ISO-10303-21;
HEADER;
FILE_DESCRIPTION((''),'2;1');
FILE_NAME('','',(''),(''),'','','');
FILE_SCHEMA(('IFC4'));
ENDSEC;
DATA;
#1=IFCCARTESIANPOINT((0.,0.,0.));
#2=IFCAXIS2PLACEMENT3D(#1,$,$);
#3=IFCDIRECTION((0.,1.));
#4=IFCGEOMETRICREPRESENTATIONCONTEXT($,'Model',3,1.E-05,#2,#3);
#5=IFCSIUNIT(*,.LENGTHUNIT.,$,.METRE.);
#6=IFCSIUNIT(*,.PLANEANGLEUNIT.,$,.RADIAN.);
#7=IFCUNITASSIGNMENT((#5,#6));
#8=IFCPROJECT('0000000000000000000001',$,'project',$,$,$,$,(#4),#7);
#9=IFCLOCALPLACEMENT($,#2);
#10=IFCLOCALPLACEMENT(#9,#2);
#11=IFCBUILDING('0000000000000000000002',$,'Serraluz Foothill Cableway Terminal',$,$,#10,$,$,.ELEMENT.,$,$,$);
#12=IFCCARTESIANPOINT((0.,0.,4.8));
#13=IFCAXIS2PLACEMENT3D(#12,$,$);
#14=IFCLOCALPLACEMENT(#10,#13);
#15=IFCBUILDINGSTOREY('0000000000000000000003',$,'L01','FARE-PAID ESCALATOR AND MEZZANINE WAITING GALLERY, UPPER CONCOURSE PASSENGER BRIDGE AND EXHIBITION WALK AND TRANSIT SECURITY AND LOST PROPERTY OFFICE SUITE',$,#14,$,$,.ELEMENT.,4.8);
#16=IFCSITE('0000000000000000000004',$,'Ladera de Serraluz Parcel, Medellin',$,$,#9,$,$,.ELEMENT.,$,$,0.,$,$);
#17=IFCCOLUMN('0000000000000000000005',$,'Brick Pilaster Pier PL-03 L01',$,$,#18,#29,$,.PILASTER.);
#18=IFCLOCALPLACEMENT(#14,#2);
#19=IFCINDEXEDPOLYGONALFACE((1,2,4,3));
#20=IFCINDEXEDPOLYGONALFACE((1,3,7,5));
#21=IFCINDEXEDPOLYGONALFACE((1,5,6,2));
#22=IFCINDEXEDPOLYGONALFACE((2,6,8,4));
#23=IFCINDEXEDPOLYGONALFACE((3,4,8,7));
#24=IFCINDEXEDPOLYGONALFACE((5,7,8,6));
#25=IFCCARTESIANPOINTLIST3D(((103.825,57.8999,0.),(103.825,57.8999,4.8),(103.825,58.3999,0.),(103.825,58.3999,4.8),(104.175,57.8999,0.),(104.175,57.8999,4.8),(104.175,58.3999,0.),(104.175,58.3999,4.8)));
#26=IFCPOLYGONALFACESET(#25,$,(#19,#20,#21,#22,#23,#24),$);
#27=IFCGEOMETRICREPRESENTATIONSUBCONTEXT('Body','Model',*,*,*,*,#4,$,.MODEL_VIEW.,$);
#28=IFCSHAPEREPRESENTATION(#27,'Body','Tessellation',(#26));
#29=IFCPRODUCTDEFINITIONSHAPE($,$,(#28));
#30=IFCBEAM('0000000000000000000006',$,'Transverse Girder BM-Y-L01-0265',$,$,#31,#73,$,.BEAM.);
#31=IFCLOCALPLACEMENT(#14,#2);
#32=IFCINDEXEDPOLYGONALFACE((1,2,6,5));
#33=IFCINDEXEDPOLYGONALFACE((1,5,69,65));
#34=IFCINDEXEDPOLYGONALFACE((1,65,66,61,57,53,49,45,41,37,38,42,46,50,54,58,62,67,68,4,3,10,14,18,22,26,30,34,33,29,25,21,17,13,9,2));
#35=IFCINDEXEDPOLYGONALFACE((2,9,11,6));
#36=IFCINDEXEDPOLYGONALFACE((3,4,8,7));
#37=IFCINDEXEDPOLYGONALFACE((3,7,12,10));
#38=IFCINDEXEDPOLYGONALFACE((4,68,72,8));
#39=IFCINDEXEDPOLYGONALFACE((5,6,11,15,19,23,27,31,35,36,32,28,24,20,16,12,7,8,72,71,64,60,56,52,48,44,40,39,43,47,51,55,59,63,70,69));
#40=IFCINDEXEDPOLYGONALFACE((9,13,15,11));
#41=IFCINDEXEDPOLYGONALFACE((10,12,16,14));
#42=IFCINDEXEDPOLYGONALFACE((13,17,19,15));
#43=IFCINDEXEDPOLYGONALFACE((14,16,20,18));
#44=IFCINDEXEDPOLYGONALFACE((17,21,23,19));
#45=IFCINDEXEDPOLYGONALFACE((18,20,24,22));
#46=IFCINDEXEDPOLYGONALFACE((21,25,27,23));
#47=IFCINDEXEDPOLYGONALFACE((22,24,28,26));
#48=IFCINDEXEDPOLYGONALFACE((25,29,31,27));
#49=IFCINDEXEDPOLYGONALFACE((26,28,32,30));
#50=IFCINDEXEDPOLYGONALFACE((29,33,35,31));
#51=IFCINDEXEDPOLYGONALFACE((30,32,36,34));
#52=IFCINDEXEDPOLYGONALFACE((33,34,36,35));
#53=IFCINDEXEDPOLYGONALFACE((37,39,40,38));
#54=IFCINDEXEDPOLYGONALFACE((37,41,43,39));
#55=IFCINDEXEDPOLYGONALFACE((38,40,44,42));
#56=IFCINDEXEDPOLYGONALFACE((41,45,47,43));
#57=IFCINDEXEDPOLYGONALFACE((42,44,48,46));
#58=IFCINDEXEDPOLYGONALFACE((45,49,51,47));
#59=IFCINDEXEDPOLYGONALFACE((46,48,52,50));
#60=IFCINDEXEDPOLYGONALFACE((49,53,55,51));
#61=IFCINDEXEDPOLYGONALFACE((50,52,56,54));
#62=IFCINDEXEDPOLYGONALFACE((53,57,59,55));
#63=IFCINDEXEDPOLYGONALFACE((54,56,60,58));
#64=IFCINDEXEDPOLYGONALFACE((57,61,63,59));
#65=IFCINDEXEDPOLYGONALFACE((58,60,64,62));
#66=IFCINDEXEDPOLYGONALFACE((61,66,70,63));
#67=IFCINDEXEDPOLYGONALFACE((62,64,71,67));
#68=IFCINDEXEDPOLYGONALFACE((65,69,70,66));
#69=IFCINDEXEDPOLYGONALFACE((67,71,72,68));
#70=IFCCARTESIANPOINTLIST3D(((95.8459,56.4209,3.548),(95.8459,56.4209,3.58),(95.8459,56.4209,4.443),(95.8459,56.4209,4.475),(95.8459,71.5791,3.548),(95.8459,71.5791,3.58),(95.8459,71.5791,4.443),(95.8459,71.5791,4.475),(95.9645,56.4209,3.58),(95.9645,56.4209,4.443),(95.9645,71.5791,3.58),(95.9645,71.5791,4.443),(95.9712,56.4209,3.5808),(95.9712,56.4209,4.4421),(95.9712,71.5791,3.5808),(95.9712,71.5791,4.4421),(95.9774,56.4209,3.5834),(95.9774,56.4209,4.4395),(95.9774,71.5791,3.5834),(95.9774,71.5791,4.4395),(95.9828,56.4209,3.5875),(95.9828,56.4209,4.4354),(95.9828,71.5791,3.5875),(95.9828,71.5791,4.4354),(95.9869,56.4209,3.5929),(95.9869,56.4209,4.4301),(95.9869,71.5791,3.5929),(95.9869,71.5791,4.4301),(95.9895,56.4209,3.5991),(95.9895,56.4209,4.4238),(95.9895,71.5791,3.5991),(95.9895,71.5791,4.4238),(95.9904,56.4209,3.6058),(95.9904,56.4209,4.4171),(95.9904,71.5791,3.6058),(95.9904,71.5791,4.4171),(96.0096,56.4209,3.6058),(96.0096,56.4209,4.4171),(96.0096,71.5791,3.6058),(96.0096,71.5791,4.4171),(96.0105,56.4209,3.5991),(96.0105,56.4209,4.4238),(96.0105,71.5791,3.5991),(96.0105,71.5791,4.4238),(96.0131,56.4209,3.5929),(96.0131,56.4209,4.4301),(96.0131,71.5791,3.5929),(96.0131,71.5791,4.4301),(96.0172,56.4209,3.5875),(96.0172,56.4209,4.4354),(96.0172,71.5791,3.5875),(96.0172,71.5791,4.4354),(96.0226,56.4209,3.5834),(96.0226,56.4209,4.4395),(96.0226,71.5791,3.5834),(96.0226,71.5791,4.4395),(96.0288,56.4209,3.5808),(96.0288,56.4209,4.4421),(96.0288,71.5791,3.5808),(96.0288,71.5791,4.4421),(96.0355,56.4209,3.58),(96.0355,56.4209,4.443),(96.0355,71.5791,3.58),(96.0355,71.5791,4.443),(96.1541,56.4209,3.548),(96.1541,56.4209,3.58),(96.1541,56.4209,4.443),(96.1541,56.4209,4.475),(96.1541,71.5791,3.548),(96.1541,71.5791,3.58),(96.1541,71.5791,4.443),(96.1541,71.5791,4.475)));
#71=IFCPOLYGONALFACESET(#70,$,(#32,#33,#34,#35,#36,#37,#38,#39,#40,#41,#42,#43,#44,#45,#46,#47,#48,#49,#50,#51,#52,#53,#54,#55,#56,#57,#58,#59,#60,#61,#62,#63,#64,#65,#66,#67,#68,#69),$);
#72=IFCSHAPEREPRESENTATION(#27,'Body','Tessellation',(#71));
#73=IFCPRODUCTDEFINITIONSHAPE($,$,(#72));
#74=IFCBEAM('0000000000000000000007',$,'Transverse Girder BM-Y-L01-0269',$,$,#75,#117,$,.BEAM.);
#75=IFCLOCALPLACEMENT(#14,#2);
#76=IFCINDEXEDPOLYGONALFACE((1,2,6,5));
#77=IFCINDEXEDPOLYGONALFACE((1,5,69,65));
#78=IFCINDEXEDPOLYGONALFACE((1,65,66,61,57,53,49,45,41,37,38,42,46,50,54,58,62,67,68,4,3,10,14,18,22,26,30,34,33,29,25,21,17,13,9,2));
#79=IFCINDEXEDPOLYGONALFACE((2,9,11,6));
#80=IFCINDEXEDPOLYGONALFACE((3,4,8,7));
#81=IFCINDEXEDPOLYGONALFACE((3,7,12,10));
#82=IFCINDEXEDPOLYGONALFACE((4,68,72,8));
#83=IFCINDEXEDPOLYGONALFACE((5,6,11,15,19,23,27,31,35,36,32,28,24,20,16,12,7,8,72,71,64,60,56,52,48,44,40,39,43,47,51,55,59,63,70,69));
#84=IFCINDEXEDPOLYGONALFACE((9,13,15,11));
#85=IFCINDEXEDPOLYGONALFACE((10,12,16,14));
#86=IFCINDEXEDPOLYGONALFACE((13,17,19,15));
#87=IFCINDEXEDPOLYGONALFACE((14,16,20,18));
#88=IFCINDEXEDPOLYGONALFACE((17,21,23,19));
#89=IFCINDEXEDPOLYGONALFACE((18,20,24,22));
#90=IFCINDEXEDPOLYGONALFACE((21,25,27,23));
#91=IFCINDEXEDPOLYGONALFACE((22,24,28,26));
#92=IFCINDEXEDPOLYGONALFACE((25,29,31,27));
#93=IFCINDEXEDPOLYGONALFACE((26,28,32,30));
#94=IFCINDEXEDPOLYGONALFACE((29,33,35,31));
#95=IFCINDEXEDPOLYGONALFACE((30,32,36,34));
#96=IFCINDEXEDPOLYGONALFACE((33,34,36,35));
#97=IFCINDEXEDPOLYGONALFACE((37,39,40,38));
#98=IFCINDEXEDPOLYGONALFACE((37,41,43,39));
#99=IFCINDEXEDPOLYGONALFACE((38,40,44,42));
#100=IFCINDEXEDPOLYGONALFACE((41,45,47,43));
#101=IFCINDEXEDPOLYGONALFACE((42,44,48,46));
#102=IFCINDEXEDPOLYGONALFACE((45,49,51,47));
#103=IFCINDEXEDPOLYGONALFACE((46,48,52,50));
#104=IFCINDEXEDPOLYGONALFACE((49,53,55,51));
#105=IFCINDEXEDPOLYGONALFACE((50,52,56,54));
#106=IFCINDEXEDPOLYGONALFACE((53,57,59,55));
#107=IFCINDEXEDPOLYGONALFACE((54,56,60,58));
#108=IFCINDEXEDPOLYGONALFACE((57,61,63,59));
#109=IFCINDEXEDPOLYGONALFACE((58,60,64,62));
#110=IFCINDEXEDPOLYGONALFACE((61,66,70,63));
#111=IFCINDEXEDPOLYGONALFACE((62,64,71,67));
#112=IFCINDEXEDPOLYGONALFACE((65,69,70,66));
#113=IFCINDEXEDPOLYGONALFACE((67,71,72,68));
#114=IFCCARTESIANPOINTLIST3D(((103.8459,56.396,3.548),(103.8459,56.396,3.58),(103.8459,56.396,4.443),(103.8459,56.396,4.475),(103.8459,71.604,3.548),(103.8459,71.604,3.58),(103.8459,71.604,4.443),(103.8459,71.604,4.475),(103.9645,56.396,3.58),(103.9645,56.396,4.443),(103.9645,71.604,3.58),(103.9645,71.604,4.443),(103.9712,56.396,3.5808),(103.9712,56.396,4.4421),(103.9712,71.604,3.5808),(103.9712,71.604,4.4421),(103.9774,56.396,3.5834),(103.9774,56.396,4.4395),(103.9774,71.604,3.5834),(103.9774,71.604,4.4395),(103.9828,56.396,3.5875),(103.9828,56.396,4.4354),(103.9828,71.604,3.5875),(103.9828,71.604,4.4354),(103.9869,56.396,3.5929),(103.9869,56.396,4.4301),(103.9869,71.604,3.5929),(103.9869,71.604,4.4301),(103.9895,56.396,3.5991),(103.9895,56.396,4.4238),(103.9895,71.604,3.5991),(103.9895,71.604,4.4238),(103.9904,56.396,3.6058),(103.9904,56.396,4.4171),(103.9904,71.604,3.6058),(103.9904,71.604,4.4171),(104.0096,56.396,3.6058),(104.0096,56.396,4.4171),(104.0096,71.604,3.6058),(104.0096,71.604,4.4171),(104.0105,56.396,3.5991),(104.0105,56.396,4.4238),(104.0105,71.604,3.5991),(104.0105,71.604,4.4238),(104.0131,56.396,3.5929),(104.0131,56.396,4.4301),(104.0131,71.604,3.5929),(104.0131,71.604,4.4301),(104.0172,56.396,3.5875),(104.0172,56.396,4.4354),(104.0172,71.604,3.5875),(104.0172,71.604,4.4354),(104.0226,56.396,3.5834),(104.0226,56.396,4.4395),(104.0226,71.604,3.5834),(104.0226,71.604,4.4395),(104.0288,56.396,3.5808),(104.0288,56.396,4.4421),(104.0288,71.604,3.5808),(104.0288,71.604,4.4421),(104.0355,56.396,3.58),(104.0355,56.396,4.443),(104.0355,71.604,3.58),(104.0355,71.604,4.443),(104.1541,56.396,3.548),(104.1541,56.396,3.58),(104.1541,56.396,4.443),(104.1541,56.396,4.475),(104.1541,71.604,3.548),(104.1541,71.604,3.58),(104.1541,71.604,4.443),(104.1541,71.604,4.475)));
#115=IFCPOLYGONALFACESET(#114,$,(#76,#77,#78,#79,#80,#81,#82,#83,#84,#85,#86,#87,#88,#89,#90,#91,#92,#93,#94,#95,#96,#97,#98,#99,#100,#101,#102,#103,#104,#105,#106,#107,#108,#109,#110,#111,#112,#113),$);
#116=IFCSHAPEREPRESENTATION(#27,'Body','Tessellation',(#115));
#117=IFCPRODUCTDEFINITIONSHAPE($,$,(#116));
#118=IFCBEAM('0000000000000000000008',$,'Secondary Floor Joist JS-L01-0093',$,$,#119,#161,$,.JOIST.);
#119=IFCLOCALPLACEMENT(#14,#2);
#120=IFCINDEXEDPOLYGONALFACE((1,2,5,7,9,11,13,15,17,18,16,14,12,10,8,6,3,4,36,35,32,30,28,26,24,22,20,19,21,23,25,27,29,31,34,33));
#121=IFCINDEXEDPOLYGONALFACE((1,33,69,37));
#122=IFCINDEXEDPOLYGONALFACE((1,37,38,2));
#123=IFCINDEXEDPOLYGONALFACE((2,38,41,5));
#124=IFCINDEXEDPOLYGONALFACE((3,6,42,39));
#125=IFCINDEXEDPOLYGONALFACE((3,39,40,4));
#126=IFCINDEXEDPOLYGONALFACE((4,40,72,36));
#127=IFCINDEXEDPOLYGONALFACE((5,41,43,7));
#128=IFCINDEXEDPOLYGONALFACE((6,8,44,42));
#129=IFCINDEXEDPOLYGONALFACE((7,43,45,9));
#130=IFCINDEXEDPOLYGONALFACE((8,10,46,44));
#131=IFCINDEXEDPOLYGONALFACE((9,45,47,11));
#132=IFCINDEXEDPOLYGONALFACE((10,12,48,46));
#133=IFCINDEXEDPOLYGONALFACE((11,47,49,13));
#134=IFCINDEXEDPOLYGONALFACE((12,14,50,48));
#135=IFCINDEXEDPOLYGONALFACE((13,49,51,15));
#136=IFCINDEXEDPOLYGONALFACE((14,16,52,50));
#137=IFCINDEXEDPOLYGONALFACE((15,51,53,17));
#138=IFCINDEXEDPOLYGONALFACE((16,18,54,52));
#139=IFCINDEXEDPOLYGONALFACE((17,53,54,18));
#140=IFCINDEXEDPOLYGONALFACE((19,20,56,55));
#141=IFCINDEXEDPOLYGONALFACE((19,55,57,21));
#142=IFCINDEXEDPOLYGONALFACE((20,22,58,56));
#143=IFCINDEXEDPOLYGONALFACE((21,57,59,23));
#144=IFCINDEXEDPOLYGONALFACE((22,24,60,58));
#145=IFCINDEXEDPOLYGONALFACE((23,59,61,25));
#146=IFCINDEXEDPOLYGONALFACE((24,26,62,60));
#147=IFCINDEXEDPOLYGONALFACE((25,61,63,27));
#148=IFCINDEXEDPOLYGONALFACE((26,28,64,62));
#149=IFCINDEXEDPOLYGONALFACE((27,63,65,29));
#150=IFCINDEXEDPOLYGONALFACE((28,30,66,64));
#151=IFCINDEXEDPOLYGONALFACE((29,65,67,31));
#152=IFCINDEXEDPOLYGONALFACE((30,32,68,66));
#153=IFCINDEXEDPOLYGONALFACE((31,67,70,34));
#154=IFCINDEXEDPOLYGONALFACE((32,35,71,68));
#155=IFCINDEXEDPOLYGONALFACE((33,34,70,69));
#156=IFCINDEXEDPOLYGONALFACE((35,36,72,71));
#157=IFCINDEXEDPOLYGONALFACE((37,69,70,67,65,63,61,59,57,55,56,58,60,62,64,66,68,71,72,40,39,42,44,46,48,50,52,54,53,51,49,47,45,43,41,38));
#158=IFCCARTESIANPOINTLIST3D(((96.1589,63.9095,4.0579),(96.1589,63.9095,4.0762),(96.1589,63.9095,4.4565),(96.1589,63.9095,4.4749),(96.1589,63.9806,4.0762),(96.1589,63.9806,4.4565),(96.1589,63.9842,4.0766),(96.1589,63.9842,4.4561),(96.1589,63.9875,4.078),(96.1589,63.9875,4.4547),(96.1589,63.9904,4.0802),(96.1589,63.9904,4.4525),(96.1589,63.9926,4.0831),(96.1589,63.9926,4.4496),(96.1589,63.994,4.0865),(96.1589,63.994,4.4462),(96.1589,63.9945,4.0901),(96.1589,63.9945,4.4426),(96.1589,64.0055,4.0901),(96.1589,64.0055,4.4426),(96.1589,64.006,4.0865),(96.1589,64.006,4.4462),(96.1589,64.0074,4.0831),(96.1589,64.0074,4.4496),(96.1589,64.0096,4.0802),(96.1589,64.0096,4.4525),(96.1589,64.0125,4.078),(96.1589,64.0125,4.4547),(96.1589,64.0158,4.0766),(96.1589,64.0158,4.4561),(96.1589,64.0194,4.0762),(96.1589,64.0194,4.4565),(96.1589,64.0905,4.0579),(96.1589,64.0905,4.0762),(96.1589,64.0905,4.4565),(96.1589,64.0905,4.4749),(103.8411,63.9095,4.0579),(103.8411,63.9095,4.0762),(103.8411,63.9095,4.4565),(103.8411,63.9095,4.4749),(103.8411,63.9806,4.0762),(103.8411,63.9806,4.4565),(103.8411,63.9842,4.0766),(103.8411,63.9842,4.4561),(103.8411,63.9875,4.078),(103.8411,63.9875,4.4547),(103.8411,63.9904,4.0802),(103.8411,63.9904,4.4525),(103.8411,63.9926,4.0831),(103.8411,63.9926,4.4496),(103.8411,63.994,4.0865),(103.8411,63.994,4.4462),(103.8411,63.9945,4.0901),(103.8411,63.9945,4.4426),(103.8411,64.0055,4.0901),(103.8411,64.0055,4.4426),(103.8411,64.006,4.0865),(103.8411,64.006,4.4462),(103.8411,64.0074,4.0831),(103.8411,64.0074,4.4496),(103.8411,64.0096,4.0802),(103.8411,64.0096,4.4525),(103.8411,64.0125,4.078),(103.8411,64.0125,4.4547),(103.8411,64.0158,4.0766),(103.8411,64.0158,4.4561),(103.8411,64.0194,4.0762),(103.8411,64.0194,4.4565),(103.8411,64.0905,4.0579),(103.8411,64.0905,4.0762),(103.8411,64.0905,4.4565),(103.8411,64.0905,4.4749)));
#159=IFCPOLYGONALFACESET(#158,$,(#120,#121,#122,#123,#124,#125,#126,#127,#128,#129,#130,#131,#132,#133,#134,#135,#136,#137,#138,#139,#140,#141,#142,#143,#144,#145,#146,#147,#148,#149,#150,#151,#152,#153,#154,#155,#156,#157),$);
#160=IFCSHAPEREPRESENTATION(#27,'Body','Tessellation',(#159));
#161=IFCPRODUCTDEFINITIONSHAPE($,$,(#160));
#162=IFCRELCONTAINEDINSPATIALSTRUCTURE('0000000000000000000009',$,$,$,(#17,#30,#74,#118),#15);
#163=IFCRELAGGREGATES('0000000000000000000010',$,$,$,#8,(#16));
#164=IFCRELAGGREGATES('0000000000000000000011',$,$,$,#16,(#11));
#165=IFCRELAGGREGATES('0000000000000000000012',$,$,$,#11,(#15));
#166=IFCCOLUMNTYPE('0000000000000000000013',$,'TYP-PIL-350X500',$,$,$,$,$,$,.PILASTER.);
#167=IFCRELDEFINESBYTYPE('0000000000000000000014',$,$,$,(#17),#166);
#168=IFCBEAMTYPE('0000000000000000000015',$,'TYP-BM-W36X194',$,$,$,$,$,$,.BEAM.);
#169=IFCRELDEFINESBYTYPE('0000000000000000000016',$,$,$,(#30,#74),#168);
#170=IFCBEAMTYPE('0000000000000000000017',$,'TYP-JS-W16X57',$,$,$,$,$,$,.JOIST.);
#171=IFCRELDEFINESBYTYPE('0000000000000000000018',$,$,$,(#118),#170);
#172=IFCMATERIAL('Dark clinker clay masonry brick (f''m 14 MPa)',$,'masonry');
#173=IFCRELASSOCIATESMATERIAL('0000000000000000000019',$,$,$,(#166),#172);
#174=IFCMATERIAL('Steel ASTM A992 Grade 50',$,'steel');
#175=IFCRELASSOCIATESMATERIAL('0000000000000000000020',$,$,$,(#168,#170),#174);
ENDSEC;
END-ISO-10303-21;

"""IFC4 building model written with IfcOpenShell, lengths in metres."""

from ifc_helpers import new_model, si_unit, direction, frame, origin, origin_2d, place, context, subcontext, project, spatial, rectangle, i_section, extrude, material, material_profile, profile_set, type_object, element, save


model = new_model("IFC4")

# Units and contexts
model_context = context("Model", 3, precision=1e-05, world=origin(), true_north=direction((0.0, 1.0)))
body_context = subcontext(model_context, "Body", "Model", "MODEL_VIEW")
ifc_project = project(units=[si_unit("LENGTHUNIT", "METRE"), si_unit("PLANEANGLEUNIT", "RADIAN")], contexts=[model_context])

# Site, building, storey
site_placement = place(None, origin())
site = spatial("IfcSite", under=ifc_project, at=site_placement, Name="Ladera de Serraluz Parcel, Medellin", CompositionType="ELEMENT", RefElevation=0.0)
building_placement = place(site_placement, origin())
building = spatial("IfcBuilding", under=site, at=building_placement, Name="Serraluz Foothill Cableway Terminal", CompositionType="ELEMENT")
storey_placement = place(building_placement, frame((0.0, 0.0, 4.8)))
storey = spatial("IfcBuildingStorey", under=building, at=storey_placement, Name="L01", Description="FARE-PAID ESCALATOR AND MEZZANINE WAITING GALLERY, UPPER CONCOURSE PASSENGER BRIDGE AND EXHIBITION WALK AND TRANSIT SECURITY AND LOST PROPERTY OFFICE SUITE", CompositionType="ELEMENT", Elevation=4.8)

# Column
ifc_material_1 = material(Name="Dark clinker clay masonry brick (f'm 14 MPa)", Category="masonry")
ifc_material_profile_1 = material_profile(ifc_material_1, rectangle(XDim=0.3501, YDim=0.5, at=origin_2d()), Name="PIL 350x500")
ifc_profile_set_1 = profile_set([ifc_material_profile_1], Name="Dark clinker clay masonry brick (f'm 14 MPa)")
column_type = type_object("IfcColumnType", Name="TYP-PIL-350X500", PredefinedType="PILASTER", material=ifc_profile_set_1)
column_placement = place(storey_placement, frame((104.0, 58.1499, 0.0), z_axis=(0.0, 0.0, 1.0), x_axis=(1.0, 0.0, 0.0)))
element("IfcColumn", 1, at=column_placement, inside=storey, type_object=column_type, Name="Brick Pilaster Pier PL-03 L01", PredefinedType="PILASTER", context=body_context, shape_type="SweptSolid", body=[
    extrude(rectangle(XDim=0.3501, YDim=0.5, at=origin_2d()), origin(), (0.0, 0.0, 1.0), 4.8),
])

# Beams
ifc_material_2 = material(Name="Steel ASTM A992 Grade 50", Category="steel")
ifc_material_profile_2 = material_profile(ifc_material_2, i_section(OverallWidth=0.3081, OverallDepth=0.927, WebThickness=0.0193, FlangeThickness=0.032, FilletRadius=0.0259, at=origin_2d()), Name="W36X194")
ifc_profile_set_2 = profile_set([ifc_material_profile_2], Name="Steel ASTM A992 Grade 50")
beam_type_1 = type_object("IfcBeamType", Name="TYP-BM-W36X194", PredefinedType="BEAM", material=ifc_profile_set_2)
beam_1_placement = place(storey_placement, frame((96.0, 56.4209, 4.0115), z_axis=(0.0, 1.0, 0.0), x_axis=(-1.0, 0.0, 0.0)))
element("IfcBeam", 2, at=beam_1_placement, inside=storey, type_object=beam_type_1, Name="Transverse Girder BM-Y-L01-0265", PredefinedType="BEAM", context=body_context, shape_type="SweptSolid", body=[
    extrude(i_section(OverallWidth=0.3081, OverallDepth=0.927, WebThickness=0.0193, FlangeThickness=0.032, FilletRadius=0.0259, at=origin_2d()), origin(), (0.0, 0.0, 1.0), 15.1582),
])
beam_2_placement = place(storey_placement, frame((104.0, 56.396, 4.0115), z_axis=(0.0, 1.0, 0.0), x_axis=(-1.0, 0.0, 0.0)))
element("IfcBeam", 3, at=beam_2_placement, inside=storey, type_object=beam_type_1, Name="Transverse Girder BM-Y-L01-0269", PredefinedType="BEAM", context=body_context, shape_type="SweptSolid", body=[
    extrude(i_section(OverallWidth=0.3081, OverallDepth=0.927, WebThickness=0.0193, FlangeThickness=0.032, FilletRadius=0.0259, at=origin_2d()), origin(), (0.0, 0.0, 1.0), 15.208),
])
ifc_material_profile_3 = material_profile(ifc_material_2, i_section(OverallWidth=0.1809, OverallDepth=0.417, WebThickness=0.011, FlangeThickness=0.0183, FilletRadius=0.0139, at=origin_2d()), Name="W16X57")
ifc_profile_set_3 = profile_set([ifc_material_profile_3], Name="Steel ASTM A992 Grade 50")
beam_type_2 = type_object("IfcBeamType", Name="TYP-JS-W16X57", PredefinedType="JOIST", material=ifc_profile_set_3)
for number, where, z_axis, x_axis, name in (
    (4, (96.1589, 64.0, 4.2664), (1.0, 0.0, 0.0), (0.0, 1.0, 0.0), "Secondary Floor Joist JS-L01-0093"),
):
    element("IfcBeam", number, at=place(storey_placement, frame(where, z_axis=z_axis, x_axis=x_axis)), inside=storey, type_object=beam_type_2, Name=name, PredefinedType="JOIST", context=body_context, shape_type="SweptSolid", body=[
        extrude(i_section(OverallWidth=0.1809, OverallDepth=0.417, WebThickness=0.011, FlangeThickness=0.0183, FilletRadius=0.0139, at=origin_2d()), origin(), (0.0, 0.0, 1.0), 7.6821),
    ])

save(model, "model.ifc")
